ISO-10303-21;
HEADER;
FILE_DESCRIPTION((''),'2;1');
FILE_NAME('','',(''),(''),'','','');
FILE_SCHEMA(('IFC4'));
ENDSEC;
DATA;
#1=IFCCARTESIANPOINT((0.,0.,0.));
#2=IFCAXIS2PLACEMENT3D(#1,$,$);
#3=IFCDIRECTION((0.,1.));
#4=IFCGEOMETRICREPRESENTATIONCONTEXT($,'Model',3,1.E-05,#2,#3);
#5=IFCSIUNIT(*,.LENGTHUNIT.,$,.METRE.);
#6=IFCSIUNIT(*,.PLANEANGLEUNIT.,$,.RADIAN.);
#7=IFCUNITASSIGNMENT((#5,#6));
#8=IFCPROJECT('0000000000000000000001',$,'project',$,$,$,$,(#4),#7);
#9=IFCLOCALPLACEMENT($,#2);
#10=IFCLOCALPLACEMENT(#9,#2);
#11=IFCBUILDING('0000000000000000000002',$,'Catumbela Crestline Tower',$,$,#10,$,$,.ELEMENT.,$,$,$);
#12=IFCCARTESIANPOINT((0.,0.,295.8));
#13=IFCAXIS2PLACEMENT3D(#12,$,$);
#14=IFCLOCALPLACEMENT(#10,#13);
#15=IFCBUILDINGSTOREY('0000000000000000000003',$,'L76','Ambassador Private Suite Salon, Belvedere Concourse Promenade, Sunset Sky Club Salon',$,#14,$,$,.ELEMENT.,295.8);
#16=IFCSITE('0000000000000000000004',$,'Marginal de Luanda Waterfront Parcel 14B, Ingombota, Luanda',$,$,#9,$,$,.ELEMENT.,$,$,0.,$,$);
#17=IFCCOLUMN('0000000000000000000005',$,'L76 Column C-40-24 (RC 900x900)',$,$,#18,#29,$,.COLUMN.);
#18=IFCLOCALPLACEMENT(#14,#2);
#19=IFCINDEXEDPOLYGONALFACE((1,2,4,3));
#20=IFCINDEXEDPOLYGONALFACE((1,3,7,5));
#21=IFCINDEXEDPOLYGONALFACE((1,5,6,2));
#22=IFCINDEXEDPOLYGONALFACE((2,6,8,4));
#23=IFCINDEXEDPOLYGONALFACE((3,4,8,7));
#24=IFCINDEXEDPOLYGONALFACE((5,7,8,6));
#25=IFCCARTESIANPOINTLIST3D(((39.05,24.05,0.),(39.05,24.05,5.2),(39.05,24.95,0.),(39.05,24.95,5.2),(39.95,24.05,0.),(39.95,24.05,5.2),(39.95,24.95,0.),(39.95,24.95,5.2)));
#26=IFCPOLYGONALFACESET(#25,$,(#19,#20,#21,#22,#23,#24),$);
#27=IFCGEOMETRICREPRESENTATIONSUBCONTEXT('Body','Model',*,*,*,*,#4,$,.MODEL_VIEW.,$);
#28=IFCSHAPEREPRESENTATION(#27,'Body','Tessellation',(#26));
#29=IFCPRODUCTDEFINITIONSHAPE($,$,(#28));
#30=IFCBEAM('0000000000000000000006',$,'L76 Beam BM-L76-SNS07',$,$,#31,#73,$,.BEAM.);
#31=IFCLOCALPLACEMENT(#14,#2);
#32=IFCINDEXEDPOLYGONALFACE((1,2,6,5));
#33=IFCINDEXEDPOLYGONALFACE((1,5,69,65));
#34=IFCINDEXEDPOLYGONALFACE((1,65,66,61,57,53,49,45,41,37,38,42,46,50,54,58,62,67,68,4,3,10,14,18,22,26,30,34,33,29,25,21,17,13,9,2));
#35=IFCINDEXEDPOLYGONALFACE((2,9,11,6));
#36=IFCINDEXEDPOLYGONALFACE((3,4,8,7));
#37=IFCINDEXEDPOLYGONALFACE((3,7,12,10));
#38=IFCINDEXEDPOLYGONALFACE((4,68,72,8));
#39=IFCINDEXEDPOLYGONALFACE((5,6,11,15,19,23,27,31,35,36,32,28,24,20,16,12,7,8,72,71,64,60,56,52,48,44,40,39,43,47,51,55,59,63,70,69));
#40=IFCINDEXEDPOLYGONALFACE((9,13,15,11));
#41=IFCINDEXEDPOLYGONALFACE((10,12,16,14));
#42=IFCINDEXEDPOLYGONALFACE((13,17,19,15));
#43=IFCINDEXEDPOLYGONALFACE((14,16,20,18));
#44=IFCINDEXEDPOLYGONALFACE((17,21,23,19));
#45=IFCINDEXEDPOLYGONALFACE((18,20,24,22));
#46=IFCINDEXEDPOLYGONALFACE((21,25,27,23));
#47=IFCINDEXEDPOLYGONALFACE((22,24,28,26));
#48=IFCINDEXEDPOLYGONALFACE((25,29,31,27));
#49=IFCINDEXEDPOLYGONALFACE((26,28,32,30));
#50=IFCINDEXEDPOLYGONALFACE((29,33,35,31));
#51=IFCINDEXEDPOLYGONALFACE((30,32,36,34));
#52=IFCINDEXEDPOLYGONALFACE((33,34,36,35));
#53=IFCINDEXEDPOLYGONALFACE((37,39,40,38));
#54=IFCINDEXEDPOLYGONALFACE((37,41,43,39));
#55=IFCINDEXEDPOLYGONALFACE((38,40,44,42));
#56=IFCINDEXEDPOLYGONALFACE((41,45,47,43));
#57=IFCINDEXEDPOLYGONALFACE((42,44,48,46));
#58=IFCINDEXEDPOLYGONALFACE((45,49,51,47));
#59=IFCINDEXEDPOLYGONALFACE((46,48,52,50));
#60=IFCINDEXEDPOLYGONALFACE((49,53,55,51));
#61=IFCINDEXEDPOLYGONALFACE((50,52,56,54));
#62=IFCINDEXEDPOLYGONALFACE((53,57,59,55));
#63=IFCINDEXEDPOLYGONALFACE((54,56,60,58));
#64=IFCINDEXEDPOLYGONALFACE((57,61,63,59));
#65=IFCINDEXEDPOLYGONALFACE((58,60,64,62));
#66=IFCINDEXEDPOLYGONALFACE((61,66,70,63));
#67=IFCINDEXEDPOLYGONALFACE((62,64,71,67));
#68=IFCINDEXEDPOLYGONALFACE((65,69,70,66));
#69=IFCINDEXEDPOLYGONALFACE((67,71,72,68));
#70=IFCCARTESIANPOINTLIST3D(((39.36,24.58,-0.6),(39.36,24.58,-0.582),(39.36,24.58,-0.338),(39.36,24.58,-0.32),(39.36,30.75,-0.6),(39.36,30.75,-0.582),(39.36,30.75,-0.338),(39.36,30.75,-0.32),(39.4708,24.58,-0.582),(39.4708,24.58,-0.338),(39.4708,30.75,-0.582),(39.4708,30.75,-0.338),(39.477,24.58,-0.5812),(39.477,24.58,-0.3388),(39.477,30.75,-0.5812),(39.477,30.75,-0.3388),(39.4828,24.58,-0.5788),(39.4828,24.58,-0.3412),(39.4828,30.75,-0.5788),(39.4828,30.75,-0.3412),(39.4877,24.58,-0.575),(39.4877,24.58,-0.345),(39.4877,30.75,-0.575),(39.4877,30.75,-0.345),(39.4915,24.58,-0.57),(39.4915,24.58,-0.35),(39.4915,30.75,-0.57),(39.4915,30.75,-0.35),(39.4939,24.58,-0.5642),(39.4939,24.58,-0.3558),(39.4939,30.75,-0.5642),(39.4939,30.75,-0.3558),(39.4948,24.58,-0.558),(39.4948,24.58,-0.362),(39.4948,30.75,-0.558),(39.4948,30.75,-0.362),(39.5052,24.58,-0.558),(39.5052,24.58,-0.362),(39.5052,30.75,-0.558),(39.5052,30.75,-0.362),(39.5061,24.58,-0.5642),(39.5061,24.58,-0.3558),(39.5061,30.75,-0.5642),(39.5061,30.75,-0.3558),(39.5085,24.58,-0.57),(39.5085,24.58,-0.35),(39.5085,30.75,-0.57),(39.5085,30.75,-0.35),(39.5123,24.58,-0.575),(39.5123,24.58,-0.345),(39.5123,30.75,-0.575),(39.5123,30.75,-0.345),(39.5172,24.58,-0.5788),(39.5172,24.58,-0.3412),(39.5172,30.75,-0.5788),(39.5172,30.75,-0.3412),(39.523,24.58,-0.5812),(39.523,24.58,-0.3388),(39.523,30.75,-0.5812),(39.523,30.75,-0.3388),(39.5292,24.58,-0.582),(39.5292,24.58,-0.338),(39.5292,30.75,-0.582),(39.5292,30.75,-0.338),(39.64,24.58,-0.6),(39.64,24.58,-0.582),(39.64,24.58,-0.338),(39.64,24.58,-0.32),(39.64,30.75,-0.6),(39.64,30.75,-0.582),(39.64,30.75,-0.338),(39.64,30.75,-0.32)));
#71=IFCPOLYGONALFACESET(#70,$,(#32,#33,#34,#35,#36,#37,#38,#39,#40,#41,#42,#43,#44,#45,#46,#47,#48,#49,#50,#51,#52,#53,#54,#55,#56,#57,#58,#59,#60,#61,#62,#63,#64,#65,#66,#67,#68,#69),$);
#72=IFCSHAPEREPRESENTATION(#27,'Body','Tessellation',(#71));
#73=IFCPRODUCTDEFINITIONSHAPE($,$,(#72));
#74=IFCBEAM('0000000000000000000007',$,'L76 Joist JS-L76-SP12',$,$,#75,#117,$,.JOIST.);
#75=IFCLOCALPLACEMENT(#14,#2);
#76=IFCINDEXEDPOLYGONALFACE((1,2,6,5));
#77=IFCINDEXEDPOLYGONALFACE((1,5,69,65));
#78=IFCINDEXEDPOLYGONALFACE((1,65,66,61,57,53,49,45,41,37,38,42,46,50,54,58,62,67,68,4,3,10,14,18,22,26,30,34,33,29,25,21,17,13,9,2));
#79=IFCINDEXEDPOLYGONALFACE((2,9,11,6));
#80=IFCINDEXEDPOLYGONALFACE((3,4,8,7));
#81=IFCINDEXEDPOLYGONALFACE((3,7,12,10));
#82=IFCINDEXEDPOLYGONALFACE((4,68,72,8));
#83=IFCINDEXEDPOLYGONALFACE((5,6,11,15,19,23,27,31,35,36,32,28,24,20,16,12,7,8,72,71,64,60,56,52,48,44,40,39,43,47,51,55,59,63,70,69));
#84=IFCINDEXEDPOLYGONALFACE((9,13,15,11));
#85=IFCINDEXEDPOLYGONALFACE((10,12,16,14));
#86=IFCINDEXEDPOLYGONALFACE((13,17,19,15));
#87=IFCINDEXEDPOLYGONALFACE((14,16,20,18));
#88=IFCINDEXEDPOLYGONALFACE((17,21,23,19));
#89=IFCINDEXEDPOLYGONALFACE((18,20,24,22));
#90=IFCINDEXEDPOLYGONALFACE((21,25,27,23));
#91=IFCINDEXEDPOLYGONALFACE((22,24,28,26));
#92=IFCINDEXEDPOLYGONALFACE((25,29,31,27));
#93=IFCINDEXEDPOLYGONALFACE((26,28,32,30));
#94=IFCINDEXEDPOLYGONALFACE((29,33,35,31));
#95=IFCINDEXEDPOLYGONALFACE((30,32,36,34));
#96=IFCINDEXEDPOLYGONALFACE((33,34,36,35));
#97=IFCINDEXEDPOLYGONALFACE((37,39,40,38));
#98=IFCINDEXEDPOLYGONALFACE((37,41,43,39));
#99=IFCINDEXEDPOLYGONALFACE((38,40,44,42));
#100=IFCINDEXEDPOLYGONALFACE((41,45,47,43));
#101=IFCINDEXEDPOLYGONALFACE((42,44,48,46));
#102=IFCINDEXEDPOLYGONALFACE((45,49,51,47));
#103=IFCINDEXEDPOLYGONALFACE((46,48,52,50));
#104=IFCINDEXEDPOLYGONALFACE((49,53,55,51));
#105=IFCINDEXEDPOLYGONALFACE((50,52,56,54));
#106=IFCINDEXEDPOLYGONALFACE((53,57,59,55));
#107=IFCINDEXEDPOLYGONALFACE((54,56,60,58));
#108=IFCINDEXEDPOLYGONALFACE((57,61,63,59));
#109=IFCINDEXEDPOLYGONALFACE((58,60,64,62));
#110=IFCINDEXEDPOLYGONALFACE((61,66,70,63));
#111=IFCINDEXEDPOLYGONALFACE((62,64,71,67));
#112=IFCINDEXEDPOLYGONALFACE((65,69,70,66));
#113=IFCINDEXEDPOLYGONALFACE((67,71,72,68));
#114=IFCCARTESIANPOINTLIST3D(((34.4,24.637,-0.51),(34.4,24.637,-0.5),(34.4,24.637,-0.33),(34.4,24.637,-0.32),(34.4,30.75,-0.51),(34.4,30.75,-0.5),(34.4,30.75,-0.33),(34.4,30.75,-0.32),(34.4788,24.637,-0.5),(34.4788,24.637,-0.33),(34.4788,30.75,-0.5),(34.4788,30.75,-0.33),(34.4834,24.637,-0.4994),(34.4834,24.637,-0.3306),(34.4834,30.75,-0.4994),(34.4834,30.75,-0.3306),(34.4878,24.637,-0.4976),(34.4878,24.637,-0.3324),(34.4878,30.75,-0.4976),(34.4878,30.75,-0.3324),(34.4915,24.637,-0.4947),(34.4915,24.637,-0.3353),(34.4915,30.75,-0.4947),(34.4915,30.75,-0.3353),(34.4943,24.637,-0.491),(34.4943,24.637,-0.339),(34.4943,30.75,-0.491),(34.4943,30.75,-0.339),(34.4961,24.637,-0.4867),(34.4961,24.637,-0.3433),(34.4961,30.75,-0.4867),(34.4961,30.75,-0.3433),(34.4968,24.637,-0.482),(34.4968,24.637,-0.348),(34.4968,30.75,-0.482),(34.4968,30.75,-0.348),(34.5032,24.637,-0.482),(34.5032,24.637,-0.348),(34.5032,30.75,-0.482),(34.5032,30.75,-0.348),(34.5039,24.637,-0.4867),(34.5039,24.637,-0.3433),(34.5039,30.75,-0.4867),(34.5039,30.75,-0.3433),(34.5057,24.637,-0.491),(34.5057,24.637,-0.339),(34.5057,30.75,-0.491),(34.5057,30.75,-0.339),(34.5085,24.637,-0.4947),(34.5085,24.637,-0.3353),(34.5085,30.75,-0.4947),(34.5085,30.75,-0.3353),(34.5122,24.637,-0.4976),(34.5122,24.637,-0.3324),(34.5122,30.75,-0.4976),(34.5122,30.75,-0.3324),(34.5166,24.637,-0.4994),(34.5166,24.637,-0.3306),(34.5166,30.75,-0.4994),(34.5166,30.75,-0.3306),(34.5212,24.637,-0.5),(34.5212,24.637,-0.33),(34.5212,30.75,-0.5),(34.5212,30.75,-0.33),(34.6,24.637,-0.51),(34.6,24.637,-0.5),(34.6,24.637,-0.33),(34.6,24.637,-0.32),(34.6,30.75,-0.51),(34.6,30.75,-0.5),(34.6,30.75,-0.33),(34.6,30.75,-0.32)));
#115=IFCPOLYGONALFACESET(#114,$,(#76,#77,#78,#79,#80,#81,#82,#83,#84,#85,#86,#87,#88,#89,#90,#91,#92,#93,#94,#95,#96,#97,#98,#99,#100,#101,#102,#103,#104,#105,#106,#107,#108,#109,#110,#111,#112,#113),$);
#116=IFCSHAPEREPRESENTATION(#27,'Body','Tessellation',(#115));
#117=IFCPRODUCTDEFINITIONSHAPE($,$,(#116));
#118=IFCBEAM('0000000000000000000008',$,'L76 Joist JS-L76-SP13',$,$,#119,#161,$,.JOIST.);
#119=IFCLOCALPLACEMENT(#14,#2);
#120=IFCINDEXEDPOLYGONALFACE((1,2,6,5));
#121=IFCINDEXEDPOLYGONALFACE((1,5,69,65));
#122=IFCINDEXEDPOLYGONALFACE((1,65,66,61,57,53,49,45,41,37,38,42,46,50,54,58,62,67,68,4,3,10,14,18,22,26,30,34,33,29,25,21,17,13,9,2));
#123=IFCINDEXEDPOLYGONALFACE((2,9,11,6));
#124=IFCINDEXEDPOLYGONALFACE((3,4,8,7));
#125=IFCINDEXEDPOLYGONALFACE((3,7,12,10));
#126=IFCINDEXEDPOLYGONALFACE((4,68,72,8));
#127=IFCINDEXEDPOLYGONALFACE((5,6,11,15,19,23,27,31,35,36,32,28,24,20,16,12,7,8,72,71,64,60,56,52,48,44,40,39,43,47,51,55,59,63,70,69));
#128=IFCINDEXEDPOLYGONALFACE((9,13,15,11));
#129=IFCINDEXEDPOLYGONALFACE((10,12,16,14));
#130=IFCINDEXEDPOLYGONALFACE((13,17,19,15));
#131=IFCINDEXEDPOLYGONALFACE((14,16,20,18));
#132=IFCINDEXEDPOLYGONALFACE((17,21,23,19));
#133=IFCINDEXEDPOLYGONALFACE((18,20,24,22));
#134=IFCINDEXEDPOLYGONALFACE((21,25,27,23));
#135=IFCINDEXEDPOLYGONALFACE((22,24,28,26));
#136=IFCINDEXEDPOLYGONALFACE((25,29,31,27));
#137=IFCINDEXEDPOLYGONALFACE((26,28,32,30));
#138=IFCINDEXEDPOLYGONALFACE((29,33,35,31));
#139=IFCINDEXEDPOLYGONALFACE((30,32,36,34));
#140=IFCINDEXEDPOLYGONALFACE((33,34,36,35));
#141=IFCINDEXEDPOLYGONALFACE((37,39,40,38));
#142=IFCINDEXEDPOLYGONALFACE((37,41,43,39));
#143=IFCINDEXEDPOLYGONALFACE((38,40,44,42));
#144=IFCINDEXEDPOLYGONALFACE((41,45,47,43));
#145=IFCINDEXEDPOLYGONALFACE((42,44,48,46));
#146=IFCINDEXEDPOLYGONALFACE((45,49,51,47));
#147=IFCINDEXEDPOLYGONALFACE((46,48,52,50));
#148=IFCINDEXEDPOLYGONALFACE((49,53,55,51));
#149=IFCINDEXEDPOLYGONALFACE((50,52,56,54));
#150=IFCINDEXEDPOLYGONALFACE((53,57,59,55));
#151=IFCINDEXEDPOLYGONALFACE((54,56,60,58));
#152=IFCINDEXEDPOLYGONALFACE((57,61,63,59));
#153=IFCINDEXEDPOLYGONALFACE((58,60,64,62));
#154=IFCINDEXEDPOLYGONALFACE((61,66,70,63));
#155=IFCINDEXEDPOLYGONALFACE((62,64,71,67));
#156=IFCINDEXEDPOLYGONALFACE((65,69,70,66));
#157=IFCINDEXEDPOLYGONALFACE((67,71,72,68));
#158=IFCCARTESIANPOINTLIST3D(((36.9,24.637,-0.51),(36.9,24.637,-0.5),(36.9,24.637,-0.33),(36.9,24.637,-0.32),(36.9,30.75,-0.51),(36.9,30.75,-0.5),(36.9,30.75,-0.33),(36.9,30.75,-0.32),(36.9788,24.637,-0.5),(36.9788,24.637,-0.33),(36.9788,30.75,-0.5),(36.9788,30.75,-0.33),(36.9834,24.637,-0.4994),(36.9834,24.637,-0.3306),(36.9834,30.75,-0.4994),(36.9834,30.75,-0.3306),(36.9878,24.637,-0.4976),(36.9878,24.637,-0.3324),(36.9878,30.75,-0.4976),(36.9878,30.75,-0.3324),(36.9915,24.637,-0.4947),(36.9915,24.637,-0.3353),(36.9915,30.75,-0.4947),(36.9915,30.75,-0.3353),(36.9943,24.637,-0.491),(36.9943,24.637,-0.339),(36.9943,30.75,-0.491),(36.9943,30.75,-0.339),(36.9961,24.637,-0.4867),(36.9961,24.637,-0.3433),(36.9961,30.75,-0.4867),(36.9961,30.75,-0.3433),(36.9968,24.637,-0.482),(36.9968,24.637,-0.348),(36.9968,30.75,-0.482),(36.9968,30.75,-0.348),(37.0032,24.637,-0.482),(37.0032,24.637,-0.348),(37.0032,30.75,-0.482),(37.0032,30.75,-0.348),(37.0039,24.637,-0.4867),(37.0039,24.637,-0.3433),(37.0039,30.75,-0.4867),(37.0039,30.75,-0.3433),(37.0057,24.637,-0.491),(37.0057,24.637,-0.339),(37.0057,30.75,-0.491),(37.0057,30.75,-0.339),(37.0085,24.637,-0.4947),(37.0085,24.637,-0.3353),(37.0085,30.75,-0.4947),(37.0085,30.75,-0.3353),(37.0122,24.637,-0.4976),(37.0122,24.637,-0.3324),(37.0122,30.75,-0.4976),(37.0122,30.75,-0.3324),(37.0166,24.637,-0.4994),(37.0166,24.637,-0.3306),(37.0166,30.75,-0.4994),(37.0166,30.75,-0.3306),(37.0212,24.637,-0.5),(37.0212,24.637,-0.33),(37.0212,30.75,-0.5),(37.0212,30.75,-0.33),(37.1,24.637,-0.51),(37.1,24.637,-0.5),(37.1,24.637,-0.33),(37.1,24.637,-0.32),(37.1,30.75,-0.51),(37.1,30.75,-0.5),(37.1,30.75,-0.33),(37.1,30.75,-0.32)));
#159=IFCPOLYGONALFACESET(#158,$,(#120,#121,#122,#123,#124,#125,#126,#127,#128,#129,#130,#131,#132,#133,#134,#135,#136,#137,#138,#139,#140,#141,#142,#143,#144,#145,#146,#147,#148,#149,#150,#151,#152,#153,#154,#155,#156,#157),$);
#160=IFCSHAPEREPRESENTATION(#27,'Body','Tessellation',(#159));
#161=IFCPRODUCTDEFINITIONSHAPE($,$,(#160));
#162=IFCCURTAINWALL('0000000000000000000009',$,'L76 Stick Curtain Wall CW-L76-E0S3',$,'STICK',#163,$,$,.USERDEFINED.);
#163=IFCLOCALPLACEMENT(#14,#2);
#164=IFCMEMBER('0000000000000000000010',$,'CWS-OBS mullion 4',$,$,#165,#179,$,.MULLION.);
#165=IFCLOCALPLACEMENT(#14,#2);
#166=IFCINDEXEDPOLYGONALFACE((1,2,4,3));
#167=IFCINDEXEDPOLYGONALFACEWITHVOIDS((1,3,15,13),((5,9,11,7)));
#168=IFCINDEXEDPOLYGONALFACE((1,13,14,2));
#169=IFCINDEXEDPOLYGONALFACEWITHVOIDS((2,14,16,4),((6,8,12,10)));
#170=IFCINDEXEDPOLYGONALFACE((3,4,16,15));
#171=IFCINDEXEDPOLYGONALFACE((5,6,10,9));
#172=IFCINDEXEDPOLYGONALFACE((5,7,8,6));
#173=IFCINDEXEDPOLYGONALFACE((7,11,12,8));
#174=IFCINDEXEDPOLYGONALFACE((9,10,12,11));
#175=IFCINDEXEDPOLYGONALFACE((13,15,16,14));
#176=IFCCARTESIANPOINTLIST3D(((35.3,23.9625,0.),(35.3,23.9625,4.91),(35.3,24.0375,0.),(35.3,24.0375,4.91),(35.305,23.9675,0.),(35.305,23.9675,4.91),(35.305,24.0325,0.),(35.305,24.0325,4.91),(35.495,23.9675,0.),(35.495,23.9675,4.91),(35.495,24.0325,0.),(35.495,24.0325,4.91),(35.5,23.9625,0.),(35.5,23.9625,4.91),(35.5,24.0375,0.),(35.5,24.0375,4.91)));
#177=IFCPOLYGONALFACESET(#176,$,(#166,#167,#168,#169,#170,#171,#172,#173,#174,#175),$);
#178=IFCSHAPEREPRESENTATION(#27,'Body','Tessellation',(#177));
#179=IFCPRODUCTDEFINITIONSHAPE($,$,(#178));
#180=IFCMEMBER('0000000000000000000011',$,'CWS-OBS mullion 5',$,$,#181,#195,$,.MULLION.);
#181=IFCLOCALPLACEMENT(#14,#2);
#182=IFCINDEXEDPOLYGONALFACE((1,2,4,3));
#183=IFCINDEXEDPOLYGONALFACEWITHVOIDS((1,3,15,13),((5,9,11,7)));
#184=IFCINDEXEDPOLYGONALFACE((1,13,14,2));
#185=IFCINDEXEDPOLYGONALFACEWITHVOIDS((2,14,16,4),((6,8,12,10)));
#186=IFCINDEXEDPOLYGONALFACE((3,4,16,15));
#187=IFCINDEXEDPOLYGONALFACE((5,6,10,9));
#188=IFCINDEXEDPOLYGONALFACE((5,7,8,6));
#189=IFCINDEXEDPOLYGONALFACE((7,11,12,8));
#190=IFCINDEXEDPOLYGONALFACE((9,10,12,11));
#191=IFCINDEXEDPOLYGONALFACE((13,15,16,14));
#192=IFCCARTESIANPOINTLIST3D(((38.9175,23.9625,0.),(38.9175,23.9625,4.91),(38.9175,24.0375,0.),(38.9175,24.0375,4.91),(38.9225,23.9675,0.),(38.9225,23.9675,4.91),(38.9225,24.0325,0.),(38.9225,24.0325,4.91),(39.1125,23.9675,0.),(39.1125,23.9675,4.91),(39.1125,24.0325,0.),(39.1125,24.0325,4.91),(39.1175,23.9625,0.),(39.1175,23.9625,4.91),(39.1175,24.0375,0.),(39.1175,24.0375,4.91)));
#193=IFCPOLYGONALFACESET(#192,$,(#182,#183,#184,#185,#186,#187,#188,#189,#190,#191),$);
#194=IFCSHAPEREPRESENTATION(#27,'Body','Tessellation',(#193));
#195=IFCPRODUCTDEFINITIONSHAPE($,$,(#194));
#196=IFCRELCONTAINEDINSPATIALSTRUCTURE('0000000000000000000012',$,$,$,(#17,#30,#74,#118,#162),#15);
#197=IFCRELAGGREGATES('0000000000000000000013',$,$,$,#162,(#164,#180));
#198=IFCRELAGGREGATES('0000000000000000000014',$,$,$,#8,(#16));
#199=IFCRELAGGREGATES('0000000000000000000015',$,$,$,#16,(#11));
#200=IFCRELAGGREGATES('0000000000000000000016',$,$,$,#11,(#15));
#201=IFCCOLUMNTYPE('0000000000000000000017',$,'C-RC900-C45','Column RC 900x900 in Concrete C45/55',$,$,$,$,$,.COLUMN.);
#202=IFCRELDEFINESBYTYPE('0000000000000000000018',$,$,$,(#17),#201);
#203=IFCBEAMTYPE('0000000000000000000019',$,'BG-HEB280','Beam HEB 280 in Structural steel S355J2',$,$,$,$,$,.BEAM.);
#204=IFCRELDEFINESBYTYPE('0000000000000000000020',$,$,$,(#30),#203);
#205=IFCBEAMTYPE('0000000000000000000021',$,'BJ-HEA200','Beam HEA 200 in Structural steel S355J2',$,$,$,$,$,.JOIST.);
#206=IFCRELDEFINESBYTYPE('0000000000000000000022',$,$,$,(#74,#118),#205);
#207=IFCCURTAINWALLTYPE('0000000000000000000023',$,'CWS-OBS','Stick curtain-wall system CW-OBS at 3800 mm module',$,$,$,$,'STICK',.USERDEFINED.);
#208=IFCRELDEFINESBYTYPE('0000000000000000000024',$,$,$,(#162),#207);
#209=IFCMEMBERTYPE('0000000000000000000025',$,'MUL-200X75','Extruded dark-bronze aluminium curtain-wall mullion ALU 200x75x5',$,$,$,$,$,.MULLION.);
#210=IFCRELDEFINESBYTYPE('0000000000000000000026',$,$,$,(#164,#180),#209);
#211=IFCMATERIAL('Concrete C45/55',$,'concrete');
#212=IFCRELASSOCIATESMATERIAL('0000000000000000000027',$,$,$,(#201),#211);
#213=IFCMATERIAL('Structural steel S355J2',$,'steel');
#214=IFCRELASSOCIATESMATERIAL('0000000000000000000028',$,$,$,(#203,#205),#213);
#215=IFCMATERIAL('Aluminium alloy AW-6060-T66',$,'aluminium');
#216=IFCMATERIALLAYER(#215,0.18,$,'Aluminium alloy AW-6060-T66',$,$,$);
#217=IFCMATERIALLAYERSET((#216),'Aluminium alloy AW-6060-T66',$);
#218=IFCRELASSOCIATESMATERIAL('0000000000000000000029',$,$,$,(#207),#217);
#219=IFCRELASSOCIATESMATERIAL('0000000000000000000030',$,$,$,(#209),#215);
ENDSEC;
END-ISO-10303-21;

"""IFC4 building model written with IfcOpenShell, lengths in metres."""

from ifc_helpers import new_model, si_unit, direction, frame, origin, origin_2d, place, context, subcontext, project, spatial, rectangle, hollow_rectangle, i_section, extrude, material, layer, layer_set, material_profile, profile_set, type_object, element, aggregate, save


model = new_model("IFC4")

# Units and contexts
model_context = context("Model", 3, precision=1e-05, world=origin(), true_north=direction((0.0, 1.0)))
body_context = subcontext(model_context, "Body", "Model", "MODEL_VIEW")
ifc_project = project(units=[si_unit("LENGTHUNIT", "METRE"), si_unit("PLANEANGLEUNIT", "RADIAN")], contexts=[model_context])

# Site, building, storey
site_placement = place(None, origin())
site = spatial("IfcSite", under=ifc_project, at=site_placement, Name="Marginal de Luanda Waterfront Parcel 14B, Ingombota, Luanda", CompositionType="ELEMENT", RefElevation=0.0)
building_placement = place(site_placement, origin())
building = spatial("IfcBuilding", under=site, at=building_placement, Name="Catumbela Crestline Tower", CompositionType="ELEMENT")
storey_placement = place(building_placement, frame((0.0, 0.0, 295.8)))
storey = spatial("IfcBuildingStorey", under=building, at=storey_placement, Name="L76", Description="Ambassador Private Suite Salon, Belvedere Concourse Promenade, Sunset Sky Club Salon", CompositionType="ELEMENT", Elevation=295.8)

# Column
ifc_material_1 = material(Name="Concrete C45/55", Category="concrete")
ifc_material_profile_1 = material_profile(ifc_material_1, rectangle(XDim=0.9, YDim=0.9, at=origin_2d()), Name="RC 900x900")
ifc_profile_set_1 = profile_set([ifc_material_profile_1], Name="Concrete C45/55")
column_type = type_object("IfcColumnType", Name="C-RC900-C45", Description="Column RC 900x900 in Concrete C45/55", PredefinedType="COLUMN", material=ifc_profile_set_1)
column_placement = place(storey_placement, frame((39.5, 24.5, 0.0), z_axis=(0.0, 0.0, 1.0), x_axis=(1.0, 0.0, 0.0)))
element("IfcColumn", 1, at=column_placement, inside=storey, type_object=column_type, Name="L76 Column C-40-24 (RC 900x900)", PredefinedType="COLUMN", context=body_context, shape_type="SweptSolid", body=[
    extrude(rectangle(XDim=0.9, YDim=0.9, at=origin_2d()), origin(), (0.0, 0.0, 1.0), 5.2),
])

# Beams
ifc_material_2 = material(Name="Structural steel S355J2", Category="steel")
ifc_material_profile_2 = material_profile(ifc_material_2, i_section(OverallWidth=0.28, OverallDepth=0.28, WebThickness=0.0105, FlangeThickness=0.018, FilletRadius=0.024, at=origin_2d()), Name="HEB 280")
ifc_profile_set_2 = profile_set([ifc_material_profile_2], Name="Structural steel S355J2")
beam_type_1 = type_object("IfcBeamType", Name="BG-HEB280", Description="Beam HEB 280 in Structural steel S355J2", PredefinedType="BEAM", material=ifc_profile_set_2)
beam_1_placement = place(storey_placement, frame((39.5, 24.58, -0.46), z_axis=(0.0, 1.0, 0.0), x_axis=(-1.0, 0.0, 0.0)))
element("IfcBeam", 2, at=beam_1_placement, inside=storey, type_object=beam_type_1, Name="L76 Beam BM-L76-SNS07", PredefinedType="BEAM", context=body_context, shape_type="SweptSolid", body=[
    extrude(i_section(OverallWidth=0.28, OverallDepth=0.28, WebThickness=0.0105, FlangeThickness=0.018, FilletRadius=0.024, at=origin_2d()), origin(), (0.0, 0.0, 1.0), 6.17),
])
ifc_material_profile_3 = material_profile(ifc_material_2, i_section(OverallWidth=0.2, OverallDepth=0.19, WebThickness=0.0065, FlangeThickness=0.01, FilletRadius=0.018, at=origin_2d()), Name="HEA 200")
ifc_profile_set_3 = profile_set([ifc_material_profile_3], Name="Structural steel S355J2")
beam_type_2 = type_object("IfcBeamType", Name="BJ-HEA200", Description="Beam HEA 200 in Structural steel S355J2", PredefinedType="JOIST", material=ifc_profile_set_3)
for number, where, z_axis, x_axis, name in (
    (3, (34.5, 24.637, -0.415), (0.0, 1.0, 0.0), (-1.0, 0.0, 0.0), "L76 Joist JS-L76-SP12"),
    (4, (37.0, 24.637, -0.415), (0.0, 1.0, 0.0), (-1.0, 0.0, 0.0), "L76 Joist JS-L76-SP13"),
):
    element("IfcBeam", number, at=place(storey_placement, frame(where, z_axis=z_axis, x_axis=x_axis)), inside=storey, type_object=beam_type_2, Name=name, PredefinedType="JOIST", context=body_context, shape_type="SweptSolid", body=[
        extrude(i_section(OverallWidth=0.2, OverallDepth=0.19, WebThickness=0.0065, FlangeThickness=0.01, FilletRadius=0.018, at=origin_2d()), origin(), (0.0, 0.0, 1.0), 6.113),
    ])

# Curtain wall, members
ifc_material_3 = material(Name="Aluminium alloy AW-6060-T66", Category="aluminium")
ifc_layer_1 = layer(ifc_material_3, 0.18, Name="Aluminium alloy AW-6060-T66")
ifc_layer_set_1 = layer_set([ifc_layer_1], Name="Aluminium alloy AW-6060-T66")
curtain_wall_type = type_object("IfcCurtainWallType", Name="CWS-OBS", Description="Stick curtain-wall system CW-OBS at 3800 mm module", ElementType="STICK", PredefinedType="USERDEFINED", material=ifc_layer_set_1)
curtain_wall_1_placement = place(storey_placement, origin())
curtain_wall_1 = element("IfcCurtainWall", 5, at=curtain_wall_1_placement, inside=storey, type_object=curtain_wall_type, Name="L76 Stick Curtain Wall CW-L76-E0S3", ObjectType="STICK", PredefinedType="USERDEFINED")
ifc_material_profile_4 = material_profile(ifc_material_3, hollow_rectangle(XDim=0.075, YDim=0.2, WallThickness=0.005, at=origin_2d()), Name="ALU 200x75x5")
ifc_profile_set_4 = profile_set([ifc_material_profile_4], Name="Aluminium alloy AW-6060-T66")
member_type_1 = type_object("IfcMemberType", Name="MUL-200X75", Description="Extruded dark-bronze aluminium curtain-wall mullion ALU 200x75x5", PredefinedType="MULLION", material=ifc_profile_set_4)
member_1_placement = place(storey_placement, frame((35.4, 24.0, 0.0), z_axis=(0.0, 0.0, 1.0), x_axis=(0.0, 1.0, 0.0)))
member_1 = element("IfcMember", 6, at=member_1_placement, type_object=member_type_1, Name="CWS-OBS mullion 4", PredefinedType="MULLION", context=body_context, shape_type="SweptSolid", body=[
    extrude(hollow_rectangle(XDim=0.075, YDim=0.2, WallThickness=0.005, at=origin_2d()), origin(), (0.0, 0.0, 1.0), 4.91),
])
member_2_placement = place(storey_placement, frame((39.0175, 24.0, 0.0), z_axis=(0.0, 0.0, 1.0), x_axis=(0.0, 1.0, 0.0)))
member_2 = element("IfcMember", 7, at=member_2_placement, type_object=member_type_1, Name="CWS-OBS mullion 5", PredefinedType="MULLION", context=body_context, shape_type="SweptSolid", body=[
    extrude(hollow_rectangle(XDim=0.075, YDim=0.2, WallThickness=0.005, at=origin_2d()), origin(), (0.0, 0.0, 1.0), 4.91),
])

aggregate(curtain_wall_1, [member_1, member_2])

save(model, "model.ifc")
